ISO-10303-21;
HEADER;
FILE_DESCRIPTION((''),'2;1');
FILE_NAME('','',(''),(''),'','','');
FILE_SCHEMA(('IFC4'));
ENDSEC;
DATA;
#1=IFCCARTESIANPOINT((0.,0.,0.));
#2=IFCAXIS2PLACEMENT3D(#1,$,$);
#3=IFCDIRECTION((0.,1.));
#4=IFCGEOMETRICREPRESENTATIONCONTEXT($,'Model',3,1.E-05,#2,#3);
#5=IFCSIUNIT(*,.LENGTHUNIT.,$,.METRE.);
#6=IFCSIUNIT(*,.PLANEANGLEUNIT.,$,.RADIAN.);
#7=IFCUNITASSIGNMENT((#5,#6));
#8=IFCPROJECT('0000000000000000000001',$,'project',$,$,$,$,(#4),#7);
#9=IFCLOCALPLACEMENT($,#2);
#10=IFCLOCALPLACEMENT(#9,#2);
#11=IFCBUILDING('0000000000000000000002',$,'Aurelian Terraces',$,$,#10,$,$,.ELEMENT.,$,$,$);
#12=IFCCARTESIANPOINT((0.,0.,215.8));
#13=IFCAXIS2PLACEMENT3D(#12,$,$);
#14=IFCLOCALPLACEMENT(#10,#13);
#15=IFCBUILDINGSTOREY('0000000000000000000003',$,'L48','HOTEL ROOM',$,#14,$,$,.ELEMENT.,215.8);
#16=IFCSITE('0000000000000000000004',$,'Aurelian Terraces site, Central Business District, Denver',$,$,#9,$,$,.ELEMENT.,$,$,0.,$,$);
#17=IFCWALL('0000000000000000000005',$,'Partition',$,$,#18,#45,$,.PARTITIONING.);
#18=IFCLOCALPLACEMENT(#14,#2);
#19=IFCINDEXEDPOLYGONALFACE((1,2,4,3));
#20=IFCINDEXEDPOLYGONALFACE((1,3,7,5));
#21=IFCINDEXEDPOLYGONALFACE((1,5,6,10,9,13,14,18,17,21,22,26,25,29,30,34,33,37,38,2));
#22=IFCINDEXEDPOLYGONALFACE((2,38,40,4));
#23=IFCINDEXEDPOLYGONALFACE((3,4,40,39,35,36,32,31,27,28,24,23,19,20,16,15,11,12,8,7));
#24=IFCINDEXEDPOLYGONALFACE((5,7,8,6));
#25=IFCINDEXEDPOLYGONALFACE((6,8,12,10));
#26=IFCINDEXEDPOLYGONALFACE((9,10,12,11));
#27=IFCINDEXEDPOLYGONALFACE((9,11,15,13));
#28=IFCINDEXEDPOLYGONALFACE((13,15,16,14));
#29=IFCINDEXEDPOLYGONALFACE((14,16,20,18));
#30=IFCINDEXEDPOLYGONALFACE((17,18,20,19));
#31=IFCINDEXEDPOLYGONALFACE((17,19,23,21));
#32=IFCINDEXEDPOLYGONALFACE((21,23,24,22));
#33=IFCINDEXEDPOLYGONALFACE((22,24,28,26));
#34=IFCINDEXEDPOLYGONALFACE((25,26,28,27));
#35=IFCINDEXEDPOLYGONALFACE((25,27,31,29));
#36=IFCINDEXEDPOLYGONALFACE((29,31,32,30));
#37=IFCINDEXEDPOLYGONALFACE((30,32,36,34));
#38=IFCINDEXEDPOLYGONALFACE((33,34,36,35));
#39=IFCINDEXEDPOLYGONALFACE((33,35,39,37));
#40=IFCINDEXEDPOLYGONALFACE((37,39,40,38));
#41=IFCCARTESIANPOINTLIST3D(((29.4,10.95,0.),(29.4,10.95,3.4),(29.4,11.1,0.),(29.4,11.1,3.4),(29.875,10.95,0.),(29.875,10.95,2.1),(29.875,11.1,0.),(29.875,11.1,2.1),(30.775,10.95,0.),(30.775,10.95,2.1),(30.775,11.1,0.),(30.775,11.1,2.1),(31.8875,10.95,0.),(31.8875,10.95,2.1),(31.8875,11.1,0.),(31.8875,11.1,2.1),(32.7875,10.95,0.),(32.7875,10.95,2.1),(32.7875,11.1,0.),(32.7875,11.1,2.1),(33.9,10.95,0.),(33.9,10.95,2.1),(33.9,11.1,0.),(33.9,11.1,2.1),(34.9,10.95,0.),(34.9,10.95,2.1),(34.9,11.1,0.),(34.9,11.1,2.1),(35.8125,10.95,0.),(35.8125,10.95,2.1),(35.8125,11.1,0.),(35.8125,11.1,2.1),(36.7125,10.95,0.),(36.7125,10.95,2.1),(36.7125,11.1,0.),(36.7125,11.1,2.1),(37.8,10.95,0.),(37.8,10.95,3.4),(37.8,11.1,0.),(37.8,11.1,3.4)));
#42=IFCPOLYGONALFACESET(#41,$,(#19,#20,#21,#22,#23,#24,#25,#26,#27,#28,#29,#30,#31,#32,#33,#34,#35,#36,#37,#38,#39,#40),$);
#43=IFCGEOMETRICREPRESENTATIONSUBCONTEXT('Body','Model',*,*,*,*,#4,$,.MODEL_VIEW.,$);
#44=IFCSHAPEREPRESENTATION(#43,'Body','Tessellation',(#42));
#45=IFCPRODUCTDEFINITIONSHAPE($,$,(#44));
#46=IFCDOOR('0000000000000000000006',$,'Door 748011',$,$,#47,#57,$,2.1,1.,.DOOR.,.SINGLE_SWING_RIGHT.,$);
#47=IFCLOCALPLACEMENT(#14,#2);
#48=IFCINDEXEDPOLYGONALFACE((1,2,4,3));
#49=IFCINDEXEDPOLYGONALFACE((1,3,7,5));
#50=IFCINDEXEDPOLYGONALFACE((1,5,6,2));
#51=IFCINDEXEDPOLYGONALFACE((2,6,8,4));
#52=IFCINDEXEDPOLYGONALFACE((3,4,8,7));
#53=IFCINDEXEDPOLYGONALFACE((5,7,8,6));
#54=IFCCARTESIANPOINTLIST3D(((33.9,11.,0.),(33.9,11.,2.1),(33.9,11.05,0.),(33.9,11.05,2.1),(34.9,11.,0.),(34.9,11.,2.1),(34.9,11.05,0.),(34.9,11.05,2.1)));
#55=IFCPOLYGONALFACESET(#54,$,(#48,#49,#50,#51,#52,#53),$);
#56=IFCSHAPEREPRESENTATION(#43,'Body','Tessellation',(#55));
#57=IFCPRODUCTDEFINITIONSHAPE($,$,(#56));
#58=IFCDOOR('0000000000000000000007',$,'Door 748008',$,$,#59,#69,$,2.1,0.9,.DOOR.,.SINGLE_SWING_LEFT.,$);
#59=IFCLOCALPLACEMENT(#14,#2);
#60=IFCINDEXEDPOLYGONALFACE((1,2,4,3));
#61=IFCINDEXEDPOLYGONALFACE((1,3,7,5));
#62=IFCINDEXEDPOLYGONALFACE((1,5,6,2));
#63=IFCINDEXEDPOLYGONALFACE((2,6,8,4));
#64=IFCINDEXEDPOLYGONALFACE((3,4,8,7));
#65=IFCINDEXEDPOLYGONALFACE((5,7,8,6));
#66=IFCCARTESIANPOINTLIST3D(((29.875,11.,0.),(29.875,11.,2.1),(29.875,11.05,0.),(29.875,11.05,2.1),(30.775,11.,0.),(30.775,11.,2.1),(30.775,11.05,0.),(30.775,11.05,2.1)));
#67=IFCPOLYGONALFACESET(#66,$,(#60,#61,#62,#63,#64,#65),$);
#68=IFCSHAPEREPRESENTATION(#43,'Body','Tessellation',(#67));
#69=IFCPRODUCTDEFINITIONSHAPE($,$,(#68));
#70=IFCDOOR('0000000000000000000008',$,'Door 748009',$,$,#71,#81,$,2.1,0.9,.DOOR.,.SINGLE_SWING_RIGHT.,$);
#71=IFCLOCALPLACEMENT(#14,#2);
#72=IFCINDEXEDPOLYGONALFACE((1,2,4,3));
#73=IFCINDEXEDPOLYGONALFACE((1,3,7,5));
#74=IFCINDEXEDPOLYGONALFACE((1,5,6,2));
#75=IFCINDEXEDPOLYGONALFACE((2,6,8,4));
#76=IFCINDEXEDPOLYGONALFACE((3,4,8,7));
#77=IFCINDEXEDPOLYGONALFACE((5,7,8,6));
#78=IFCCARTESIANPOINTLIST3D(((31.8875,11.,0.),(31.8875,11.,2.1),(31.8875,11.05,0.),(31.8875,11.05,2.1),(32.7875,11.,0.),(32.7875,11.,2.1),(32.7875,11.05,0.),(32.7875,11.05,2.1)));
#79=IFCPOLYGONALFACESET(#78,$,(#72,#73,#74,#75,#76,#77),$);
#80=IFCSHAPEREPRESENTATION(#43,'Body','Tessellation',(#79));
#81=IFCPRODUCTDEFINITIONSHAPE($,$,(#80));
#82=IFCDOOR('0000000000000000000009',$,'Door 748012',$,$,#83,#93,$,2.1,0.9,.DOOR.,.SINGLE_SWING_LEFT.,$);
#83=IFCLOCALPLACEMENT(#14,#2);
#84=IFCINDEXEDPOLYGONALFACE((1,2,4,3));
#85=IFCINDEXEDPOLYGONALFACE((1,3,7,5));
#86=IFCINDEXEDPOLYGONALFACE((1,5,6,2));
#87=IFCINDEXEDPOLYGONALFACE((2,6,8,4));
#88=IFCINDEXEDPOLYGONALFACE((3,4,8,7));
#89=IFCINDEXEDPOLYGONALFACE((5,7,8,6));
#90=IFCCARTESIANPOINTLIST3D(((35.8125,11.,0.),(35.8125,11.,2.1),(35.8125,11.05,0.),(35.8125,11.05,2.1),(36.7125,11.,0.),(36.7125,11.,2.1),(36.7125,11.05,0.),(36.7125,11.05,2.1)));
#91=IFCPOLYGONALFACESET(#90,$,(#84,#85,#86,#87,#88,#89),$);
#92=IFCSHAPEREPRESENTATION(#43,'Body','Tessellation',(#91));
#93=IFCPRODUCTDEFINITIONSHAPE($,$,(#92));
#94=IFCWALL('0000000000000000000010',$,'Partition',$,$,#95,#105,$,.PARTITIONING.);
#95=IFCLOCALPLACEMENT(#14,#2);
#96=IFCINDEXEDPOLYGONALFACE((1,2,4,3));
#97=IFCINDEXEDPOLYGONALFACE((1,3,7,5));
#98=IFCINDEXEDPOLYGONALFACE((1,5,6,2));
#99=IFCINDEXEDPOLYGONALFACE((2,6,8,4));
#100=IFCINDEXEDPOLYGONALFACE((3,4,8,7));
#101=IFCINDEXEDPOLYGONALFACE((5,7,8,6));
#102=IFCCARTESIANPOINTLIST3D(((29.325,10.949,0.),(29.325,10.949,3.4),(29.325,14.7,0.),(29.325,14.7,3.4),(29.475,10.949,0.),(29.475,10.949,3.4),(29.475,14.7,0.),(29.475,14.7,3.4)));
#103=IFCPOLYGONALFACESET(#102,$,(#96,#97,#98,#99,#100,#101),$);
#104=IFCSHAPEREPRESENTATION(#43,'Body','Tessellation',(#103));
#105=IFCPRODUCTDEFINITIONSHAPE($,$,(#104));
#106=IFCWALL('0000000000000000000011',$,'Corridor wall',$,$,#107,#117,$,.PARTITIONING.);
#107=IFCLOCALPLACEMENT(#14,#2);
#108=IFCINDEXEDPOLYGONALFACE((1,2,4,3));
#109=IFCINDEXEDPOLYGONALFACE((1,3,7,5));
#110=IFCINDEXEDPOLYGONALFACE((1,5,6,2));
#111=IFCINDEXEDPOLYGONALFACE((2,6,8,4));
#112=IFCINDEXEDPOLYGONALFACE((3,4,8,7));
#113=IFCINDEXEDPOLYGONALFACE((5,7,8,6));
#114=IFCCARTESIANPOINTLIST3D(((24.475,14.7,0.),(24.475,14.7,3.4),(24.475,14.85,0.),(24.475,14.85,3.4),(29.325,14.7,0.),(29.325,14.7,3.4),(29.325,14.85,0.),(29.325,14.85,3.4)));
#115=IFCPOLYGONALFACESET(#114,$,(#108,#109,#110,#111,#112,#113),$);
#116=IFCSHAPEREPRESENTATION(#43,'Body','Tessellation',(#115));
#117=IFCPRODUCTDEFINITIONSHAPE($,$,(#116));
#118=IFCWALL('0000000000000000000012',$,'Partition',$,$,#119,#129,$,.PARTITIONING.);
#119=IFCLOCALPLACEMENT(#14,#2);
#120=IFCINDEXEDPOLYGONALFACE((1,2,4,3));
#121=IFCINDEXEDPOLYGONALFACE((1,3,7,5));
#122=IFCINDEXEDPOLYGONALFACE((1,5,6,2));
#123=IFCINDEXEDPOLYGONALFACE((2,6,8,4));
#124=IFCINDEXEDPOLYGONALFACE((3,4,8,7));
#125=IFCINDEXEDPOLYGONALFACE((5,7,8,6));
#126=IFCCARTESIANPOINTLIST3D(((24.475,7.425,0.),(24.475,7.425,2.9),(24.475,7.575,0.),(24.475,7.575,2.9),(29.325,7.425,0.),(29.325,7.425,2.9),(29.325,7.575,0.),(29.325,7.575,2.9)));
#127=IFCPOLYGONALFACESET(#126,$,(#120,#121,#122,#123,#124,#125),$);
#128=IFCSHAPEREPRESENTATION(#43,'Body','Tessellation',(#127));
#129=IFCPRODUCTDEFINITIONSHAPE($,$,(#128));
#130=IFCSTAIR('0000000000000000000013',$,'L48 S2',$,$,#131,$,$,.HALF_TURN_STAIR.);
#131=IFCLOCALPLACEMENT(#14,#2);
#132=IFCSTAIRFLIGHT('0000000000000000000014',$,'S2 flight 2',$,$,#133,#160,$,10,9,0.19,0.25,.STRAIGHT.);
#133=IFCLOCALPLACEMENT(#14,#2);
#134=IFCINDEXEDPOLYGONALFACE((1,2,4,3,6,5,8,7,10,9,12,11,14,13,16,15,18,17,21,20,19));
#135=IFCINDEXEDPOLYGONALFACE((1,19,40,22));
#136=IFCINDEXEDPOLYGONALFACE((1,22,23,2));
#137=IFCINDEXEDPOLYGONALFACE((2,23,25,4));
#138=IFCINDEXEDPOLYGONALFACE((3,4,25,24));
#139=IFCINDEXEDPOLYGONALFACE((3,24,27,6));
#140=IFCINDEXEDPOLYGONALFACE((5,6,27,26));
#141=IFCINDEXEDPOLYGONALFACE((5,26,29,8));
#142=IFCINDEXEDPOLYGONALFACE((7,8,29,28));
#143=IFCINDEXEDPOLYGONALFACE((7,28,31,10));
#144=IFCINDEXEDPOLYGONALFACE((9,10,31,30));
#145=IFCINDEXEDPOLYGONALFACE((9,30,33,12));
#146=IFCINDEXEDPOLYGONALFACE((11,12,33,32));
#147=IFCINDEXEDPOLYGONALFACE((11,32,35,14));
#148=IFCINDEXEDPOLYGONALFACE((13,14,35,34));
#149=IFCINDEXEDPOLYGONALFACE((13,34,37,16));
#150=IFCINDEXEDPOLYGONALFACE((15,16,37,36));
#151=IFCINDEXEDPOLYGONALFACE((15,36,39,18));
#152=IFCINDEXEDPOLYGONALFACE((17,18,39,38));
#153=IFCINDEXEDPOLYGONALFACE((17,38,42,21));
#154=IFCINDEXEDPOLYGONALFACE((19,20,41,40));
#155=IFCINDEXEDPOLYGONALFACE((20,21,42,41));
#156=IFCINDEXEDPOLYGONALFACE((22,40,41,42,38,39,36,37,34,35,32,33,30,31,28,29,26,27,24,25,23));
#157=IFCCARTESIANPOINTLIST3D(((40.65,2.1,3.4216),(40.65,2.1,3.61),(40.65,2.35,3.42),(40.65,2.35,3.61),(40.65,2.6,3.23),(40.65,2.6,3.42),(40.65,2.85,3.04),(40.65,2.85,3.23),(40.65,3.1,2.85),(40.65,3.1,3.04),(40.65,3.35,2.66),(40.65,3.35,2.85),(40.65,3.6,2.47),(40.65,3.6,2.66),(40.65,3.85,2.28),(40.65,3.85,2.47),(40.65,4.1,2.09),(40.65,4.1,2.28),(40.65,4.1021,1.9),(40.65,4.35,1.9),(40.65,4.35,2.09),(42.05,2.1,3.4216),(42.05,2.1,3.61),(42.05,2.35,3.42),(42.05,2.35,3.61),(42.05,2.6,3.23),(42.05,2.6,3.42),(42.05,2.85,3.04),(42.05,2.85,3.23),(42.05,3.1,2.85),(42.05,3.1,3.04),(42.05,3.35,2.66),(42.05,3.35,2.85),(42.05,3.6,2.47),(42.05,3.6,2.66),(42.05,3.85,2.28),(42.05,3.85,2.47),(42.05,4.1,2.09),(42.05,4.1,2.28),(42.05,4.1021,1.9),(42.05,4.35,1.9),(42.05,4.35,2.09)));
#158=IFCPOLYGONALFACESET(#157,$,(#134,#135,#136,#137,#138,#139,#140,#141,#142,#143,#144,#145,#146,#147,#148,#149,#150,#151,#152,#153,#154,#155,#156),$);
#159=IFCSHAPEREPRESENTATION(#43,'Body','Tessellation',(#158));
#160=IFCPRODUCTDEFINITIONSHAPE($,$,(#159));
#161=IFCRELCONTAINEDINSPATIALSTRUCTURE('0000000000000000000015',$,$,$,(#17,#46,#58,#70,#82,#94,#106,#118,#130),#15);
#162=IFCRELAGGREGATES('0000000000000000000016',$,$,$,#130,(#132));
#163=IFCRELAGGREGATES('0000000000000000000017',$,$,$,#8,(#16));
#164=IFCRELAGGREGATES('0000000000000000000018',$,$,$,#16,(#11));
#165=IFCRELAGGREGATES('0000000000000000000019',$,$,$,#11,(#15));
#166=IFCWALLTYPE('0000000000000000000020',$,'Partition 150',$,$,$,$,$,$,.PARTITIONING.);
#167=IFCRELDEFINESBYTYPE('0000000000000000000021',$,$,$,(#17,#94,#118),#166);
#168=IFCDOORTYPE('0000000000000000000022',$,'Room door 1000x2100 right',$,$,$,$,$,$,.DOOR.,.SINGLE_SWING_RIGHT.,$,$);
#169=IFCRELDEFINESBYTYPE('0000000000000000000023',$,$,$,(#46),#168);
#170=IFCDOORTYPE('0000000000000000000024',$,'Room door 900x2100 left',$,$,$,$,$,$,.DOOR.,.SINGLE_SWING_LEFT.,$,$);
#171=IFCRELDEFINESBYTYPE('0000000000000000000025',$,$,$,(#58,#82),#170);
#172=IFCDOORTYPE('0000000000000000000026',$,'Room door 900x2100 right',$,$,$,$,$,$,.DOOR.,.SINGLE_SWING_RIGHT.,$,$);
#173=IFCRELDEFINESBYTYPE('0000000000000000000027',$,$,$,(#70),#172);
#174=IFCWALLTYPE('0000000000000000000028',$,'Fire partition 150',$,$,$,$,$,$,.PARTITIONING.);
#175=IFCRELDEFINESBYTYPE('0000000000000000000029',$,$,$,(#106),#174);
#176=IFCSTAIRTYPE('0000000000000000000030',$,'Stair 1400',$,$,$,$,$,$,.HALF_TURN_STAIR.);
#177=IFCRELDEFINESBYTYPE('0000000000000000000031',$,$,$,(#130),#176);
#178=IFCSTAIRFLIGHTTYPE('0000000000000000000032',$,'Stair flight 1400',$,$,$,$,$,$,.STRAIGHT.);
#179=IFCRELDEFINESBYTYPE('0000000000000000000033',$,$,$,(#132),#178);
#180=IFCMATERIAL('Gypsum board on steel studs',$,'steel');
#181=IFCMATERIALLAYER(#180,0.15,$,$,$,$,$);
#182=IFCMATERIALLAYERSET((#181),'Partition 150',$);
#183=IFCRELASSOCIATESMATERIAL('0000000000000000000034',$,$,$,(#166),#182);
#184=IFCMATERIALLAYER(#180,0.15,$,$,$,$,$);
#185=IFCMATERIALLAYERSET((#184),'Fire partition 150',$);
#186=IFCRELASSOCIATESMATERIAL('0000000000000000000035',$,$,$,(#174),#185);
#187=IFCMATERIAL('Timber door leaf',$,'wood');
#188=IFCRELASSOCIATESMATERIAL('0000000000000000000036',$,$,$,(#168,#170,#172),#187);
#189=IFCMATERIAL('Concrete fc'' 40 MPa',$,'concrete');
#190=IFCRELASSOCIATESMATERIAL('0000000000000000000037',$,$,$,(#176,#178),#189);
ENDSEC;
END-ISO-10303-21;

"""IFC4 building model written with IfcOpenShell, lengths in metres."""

from ifc_helpers import new_model, si_unit, direction, frame, frame_2d, origin, place, context, subcontext, project, spatial, polyline, rectangle, outline, extrude, source, transform, mapped, material, layer, layer_set, type_object, element, fill, aggregate, save


model = new_model("IFC4")

# Units and contexts
model_context = context("Model", 3, precision=1e-05, world=origin(), true_north=direction((0.0, 1.0)))
body_context = subcontext(model_context, "Body", "Model", "MODEL_VIEW")
ifc_project = project(units=[si_unit("LENGTHUNIT", "METRE"), si_unit("PLANEANGLEUNIT", "RADIAN")], contexts=[model_context])

# Site, building, storey
site_placement = place(None, origin())
site = spatial("IfcSite", under=ifc_project, at=site_placement, Name="Aurelian Terraces site, Central Business District, Denver", CompositionType="ELEMENT", RefElevation=0.0)
building_placement = place(site_placement, origin())
building = spatial("IfcBuilding", under=site, at=building_placement, Name="Aurelian Terraces", CompositionType="ELEMENT")
storey_placement = place(building_placement, frame((0.0, 0.0, 215.8)))
storey = spatial("IfcBuildingStorey", under=building, at=storey_placement, Name="L48", Description="HOTEL ROOM", CompositionType="ELEMENT", Elevation=215.8)

# Shared definitions
ifc_material_1 = material(Name="Concrete fc' 40 MPa", Category="concrete")

# Shared definitions
ifc_material_2 = material(Name="Gypsum board on steel studs", Category="steel")
shared_shape_1 = source(origin(), body_context, "Body", "SweptSolid", [
    extrude(rectangle(XDim=0.9, YDim=2.1, at=frame_2d((0.45, 1.05))), frame((0.0, 0.025, 0.0), z_axis=(0.0, -1.0, 0.0), x_axis=(1.0, 0.0, 0.0)), (0.0, 0.0, 1.0), 0.05),
])

# Shared definitions
ifc_layer_1 = layer(ifc_material_2, 0.15)
ifc_layer_set_1 = layer_set([ifc_layer_1], Name="Partition 150")
wall_type_1 = type_object("IfcWallType", Name="Partition 150", PredefinedType="PARTITIONING", material=ifc_layer_set_1)
ifc_layer_2 = layer(ifc_material_2, 0.15)
ifc_layer_set_2 = layer_set([ifc_layer_2], Name="Fire partition 150")
wall_type_2 = type_object("IfcWallType", Name="Fire partition 150", PredefinedType="PARTITIONING", material=ifc_layer_set_2)

# Wall, openings, doors
shared_shape_2 = source(origin(), body_context, "Body", "SweptSolid", [
    extrude(rectangle(XDim=8.4, YDim=0.15, at=frame_2d((4.2, 0.0))), origin(), (0.0, 0.0, 1.0), 3.4),
])
wall_1_placement = place(storey_placement, frame((37.8, 11.025, 0.0), z_axis=(0.0, 0.0, 1.0), x_axis=(-1.0, 0.0, 0.0)))
wall_1 = element("IfcWall", 1, at=wall_1_placement, inside=storey, type_object=wall_type_1, Name="Partition", PredefinedType="PARTITIONING", context=body_context, shape_type="MappedRepresentation", body=[
    mapped(shared_shape_2, transform((0.0, 0.0, 0.0), scale=1.0)),
])
shared_shape_3 = source(origin(), body_context, "Body", "SweptSolid", [
    extrude(rectangle(XDim=0.9, YDim=2.1, at=frame_2d((0.45, 1.05))), frame((0.0, 0.085, 0.0), z_axis=(0.0, -1.0, 0.0), x_axis=(1.0, 0.0, 0.0)), (0.0, 0.0, 1.0), 0.17),
])
opening_1_placement = place(wall_1_placement, frame((7.025, 0.0, 0.0)))
opening_1 = element("IfcOpeningElement", 2, at=opening_1_placement, cuts=wall_1, PredefinedType="OPENING", context=body_context, shape_type="MappedRepresentation", body=[
    mapped(shared_shape_3, transform((0.0, 0.0, 0.0), scale=1.0)),
])
opening_2_placement = place(wall_1_placement, frame((5.0125, 0.0, 0.0)))
opening_2 = element("IfcOpeningElement", 3, at=opening_2_placement, cuts=wall_1, PredefinedType="OPENING", context=body_context, shape_type="MappedRepresentation", body=[
    mapped(shared_shape_3, transform((0.0, 0.0, 0.0), scale=1.0)),
])
shared_shape_4 = source(origin(), body_context, "Body", "SweptSolid", [
    extrude(rectangle(XDim=1.0, YDim=2.1, at=frame_2d((0.5, 1.05))), frame((0.0, 0.085, 0.0), z_axis=(0.0, -1.0, 0.0), x_axis=(1.0, 0.0, 0.0)), (0.0, 0.0, 1.0), 0.17),
])
opening_3_placement = place(wall_1_placement, frame((2.9, 0.0, 0.0)))
opening_3 = element("IfcOpeningElement", 4, at=opening_3_placement, cuts=wall_1, PredefinedType="OPENING", context=body_context, shape_type="MappedRepresentation", body=[
    mapped(shared_shape_4, transform((0.0, 0.0, 0.0), scale=1.0)),
])
opening_4_placement = place(wall_1_placement, frame((1.0875, 0.0, 0.0)))
opening_4 = element("IfcOpeningElement", 5, at=opening_4_placement, cuts=wall_1, PredefinedType="OPENING", context=body_context, shape_type="MappedRepresentation", body=[
    mapped(shared_shape_3, transform((0.0, 0.0, 0.0), scale=1.0)),
])
ifc_material_3 = material(Name="Timber door leaf", Category="wood")
door_type_1 = type_object("IfcDoorType", Name="Room door 1000x2100 right", OperationType="SINGLE_SWING_RIGHT", PredefinedType="DOOR", material=ifc_material_3)
shared_shape_5 = source(origin(), body_context, "Body", "SweptSolid", [
    extrude(rectangle(XDim=1.0, YDim=2.1, at=frame_2d((0.5, 1.05))), frame((0.0, 0.025, 0.0), z_axis=(0.0, -1.0, 0.0), x_axis=(1.0, 0.0, 0.0)), (0.0, 0.0, 1.0), 0.05),
])
door_1_placement = place(opening_3_placement, origin())
door_1 = element("IfcDoor", 6, at=door_1_placement, inside=storey, type_object=door_type_1, Name="Door 748011", OperationType="SINGLE_SWING_RIGHT", OverallHeight=2.1, OverallWidth=1.0, PredefinedType="DOOR", context=body_context, shape_type="MappedRepresentation", body=[
    mapped(shared_shape_5, transform((0.0, 0.0, 0.0), scale=1.0)),
])
fill(opening_3, door_1)
door_type_2 = type_object("IfcDoorType", Name="Room door 900x2100 left", OperationType="SINGLE_SWING_LEFT", PredefinedType="DOOR", material=ifc_material_3)
door_2_placement = place(opening_1_placement, origin())
door_2 = element("IfcDoor", 7, at=door_2_placement, inside=storey, type_object=door_type_2, Name="Door 748008", OperationType="SINGLE_SWING_LEFT", OverallHeight=2.1, OverallWidth=0.9, PredefinedType="DOOR", context=body_context, shape_type="MappedRepresentation", body=[
    mapped(shared_shape_1, transform((0.0, 0.0, 0.0), scale=1.0)),
])
fill(opening_1, door_2)
door_type_3 = type_object("IfcDoorType", Name="Room door 900x2100 right", OperationType="SINGLE_SWING_RIGHT", PredefinedType="DOOR", material=ifc_material_3)
door_3_placement = place(opening_2_placement, origin())
door_3 = element("IfcDoor", 8, at=door_3_placement, inside=storey, type_object=door_type_3, Name="Door 748009", OperationType="SINGLE_SWING_RIGHT", OverallHeight=2.1, OverallWidth=0.9, PredefinedType="DOOR", context=body_context, shape_type="MappedRepresentation", body=[
    mapped(shared_shape_1, transform((0.0, 0.0, 0.0), scale=1.0)),
])
fill(opening_2, door_3)
door_4_placement = place(opening_4_placement, origin())
door_4 = element("IfcDoor", 9, at=door_4_placement, inside=storey, type_object=door_type_2, Name="Door 748012", OperationType="SINGLE_SWING_LEFT", OverallHeight=2.1, OverallWidth=0.9, PredefinedType="DOOR", context=body_context, shape_type="MappedRepresentation", body=[
    mapped(shared_shape_1, transform((0.0, 0.0, 0.0), scale=1.0)),
])
fill(opening_4, door_4)

# Walls
shared_shape_6 = source(origin(), body_context, "Body", "SweptSolid", [
    extrude(rectangle(XDim=3.751, YDim=0.15, at=frame_2d((1.8755, 0.0))), origin(), (0.0, 0.0, 1.0), 3.4),
])
wall_2_placement = place(storey_placement, frame((29.4, 10.949, 0.0), z_axis=(0.0, 0.0, 1.0), x_axis=(0.0, 1.0, 0.0)))
element("IfcWall", 10, at=wall_2_placement, inside=storey, type_object=wall_type_1, Name="Partition", PredefinedType="PARTITIONING", context=body_context, shape_type="MappedRepresentation", body=[
    mapped(shared_shape_6, transform((0.0, 0.0, 0.0), scale=1.0)),
])
shared_shape_7 = source(origin(), body_context, "Body", "SweptSolid", [
    extrude(rectangle(XDim=4.85, YDim=0.15, at=frame_2d((2.425, 0.0))), origin(), (0.0, 0.0, 1.0), 3.4),
])
wall_3_placement = place(storey_placement, frame((29.325, 14.775, 0.0), z_axis=(0.0, 0.0, 1.0), x_axis=(-1.0, 0.0, 0.0)))
element("IfcWall", 11, at=wall_3_placement, inside=storey, type_object=wall_type_2, Name="Corridor wall", PredefinedType="PARTITIONING", context=body_context, shape_type="MappedRepresentation", body=[
    mapped(shared_shape_7, transform((0.0, 0.0, 0.0), scale=1.0)),
])
shared_shape_8 = source(origin(), body_context, "Body", "SweptSolid", [
    extrude(rectangle(XDim=4.85, YDim=0.15, at=frame_2d((2.425, 0.0))), origin(), (0.0, 0.0, 1.0), 2.9),
])
wall_4_placement = place(storey_placement, frame((29.325, 7.5, 0.0), z_axis=(0.0, 0.0, 1.0), x_axis=(-1.0, 0.0, 0.0)))
element("IfcWall", 12, at=wall_4_placement, inside=storey, type_object=wall_type_1, Name="Partition", PredefinedType="PARTITIONING", context=body_context, shape_type="MappedRepresentation", body=[
    mapped(shared_shape_8, transform((0.0, 0.0, 0.0), scale=1.0)),
])

# Stair, stair flight
stair_type = type_object("IfcStairType", Name="Stair 1400", PredefinedType="HALF_TURN_STAIR", material=ifc_material_1)
stair_placement = place(storey_placement, origin())
stair = element("IfcStair", 13, at=stair_placement, inside=storey, type_object=stair_type, Name="L48 S2", PredefinedType="HALF_TURN_STAIR")
stair_flight_type = type_object("IfcStairFlightType", Name="Stair flight 1400", PredefinedType="STRAIGHT", material=ifc_material_1)
shared_shape_9 = source(origin(), body_context, "Body", "SweptSolid", [
    extrude(outline(polyline([(0.0, 0.0), (0.0, 0.19), (0.25, 0.19), (0.25, 0.38), (0.5, 0.38), (0.5, 0.57), (0.75, 0.57), (0.75, 0.76), (1.0, 0.76), (1.0, 0.95), (1.25, 0.95), (1.25, 1.14), (1.5, 1.14), (1.5, 1.33), (1.75, 1.33), (1.75, 1.52), (2.0, 1.52), (2.0, 1.71), (2.25, 1.71), (2.25, 1.9), (2.25, 1.5216), (0.2479, 0.0), (0.0, 0.0)])), frame((0.0, 0.7, 0.0), z_axis=(0.0, -1.0, 0.0), x_axis=(1.0, 0.0, 0.0)), (0.0, 0.0, 1.0), 1.4),
])
stair_flight_placement = place(storey_placement, frame((41.35, 4.35, 1.9), z_axis=(0.0, 0.0, 1.0), x_axis=(0.0, -1.0, 0.0)))
stair_flight = element("IfcStairFlight", 14, at=stair_flight_placement, type_object=stair_flight_type, Name="S2 flight 2", NumberOfRisers=10, NumberOfTreads=9, PredefinedType="STRAIGHT", RiserHeight=0.19, TreadLength=0.25, context=body_context, shape_type="MappedRepresentation", body=[
    mapped(shared_shape_9, transform((0.0, 0.0, 0.0), scale=1.0)),
])
aggregate(stair, [stair_flight])

save(model, "model.ifc")
